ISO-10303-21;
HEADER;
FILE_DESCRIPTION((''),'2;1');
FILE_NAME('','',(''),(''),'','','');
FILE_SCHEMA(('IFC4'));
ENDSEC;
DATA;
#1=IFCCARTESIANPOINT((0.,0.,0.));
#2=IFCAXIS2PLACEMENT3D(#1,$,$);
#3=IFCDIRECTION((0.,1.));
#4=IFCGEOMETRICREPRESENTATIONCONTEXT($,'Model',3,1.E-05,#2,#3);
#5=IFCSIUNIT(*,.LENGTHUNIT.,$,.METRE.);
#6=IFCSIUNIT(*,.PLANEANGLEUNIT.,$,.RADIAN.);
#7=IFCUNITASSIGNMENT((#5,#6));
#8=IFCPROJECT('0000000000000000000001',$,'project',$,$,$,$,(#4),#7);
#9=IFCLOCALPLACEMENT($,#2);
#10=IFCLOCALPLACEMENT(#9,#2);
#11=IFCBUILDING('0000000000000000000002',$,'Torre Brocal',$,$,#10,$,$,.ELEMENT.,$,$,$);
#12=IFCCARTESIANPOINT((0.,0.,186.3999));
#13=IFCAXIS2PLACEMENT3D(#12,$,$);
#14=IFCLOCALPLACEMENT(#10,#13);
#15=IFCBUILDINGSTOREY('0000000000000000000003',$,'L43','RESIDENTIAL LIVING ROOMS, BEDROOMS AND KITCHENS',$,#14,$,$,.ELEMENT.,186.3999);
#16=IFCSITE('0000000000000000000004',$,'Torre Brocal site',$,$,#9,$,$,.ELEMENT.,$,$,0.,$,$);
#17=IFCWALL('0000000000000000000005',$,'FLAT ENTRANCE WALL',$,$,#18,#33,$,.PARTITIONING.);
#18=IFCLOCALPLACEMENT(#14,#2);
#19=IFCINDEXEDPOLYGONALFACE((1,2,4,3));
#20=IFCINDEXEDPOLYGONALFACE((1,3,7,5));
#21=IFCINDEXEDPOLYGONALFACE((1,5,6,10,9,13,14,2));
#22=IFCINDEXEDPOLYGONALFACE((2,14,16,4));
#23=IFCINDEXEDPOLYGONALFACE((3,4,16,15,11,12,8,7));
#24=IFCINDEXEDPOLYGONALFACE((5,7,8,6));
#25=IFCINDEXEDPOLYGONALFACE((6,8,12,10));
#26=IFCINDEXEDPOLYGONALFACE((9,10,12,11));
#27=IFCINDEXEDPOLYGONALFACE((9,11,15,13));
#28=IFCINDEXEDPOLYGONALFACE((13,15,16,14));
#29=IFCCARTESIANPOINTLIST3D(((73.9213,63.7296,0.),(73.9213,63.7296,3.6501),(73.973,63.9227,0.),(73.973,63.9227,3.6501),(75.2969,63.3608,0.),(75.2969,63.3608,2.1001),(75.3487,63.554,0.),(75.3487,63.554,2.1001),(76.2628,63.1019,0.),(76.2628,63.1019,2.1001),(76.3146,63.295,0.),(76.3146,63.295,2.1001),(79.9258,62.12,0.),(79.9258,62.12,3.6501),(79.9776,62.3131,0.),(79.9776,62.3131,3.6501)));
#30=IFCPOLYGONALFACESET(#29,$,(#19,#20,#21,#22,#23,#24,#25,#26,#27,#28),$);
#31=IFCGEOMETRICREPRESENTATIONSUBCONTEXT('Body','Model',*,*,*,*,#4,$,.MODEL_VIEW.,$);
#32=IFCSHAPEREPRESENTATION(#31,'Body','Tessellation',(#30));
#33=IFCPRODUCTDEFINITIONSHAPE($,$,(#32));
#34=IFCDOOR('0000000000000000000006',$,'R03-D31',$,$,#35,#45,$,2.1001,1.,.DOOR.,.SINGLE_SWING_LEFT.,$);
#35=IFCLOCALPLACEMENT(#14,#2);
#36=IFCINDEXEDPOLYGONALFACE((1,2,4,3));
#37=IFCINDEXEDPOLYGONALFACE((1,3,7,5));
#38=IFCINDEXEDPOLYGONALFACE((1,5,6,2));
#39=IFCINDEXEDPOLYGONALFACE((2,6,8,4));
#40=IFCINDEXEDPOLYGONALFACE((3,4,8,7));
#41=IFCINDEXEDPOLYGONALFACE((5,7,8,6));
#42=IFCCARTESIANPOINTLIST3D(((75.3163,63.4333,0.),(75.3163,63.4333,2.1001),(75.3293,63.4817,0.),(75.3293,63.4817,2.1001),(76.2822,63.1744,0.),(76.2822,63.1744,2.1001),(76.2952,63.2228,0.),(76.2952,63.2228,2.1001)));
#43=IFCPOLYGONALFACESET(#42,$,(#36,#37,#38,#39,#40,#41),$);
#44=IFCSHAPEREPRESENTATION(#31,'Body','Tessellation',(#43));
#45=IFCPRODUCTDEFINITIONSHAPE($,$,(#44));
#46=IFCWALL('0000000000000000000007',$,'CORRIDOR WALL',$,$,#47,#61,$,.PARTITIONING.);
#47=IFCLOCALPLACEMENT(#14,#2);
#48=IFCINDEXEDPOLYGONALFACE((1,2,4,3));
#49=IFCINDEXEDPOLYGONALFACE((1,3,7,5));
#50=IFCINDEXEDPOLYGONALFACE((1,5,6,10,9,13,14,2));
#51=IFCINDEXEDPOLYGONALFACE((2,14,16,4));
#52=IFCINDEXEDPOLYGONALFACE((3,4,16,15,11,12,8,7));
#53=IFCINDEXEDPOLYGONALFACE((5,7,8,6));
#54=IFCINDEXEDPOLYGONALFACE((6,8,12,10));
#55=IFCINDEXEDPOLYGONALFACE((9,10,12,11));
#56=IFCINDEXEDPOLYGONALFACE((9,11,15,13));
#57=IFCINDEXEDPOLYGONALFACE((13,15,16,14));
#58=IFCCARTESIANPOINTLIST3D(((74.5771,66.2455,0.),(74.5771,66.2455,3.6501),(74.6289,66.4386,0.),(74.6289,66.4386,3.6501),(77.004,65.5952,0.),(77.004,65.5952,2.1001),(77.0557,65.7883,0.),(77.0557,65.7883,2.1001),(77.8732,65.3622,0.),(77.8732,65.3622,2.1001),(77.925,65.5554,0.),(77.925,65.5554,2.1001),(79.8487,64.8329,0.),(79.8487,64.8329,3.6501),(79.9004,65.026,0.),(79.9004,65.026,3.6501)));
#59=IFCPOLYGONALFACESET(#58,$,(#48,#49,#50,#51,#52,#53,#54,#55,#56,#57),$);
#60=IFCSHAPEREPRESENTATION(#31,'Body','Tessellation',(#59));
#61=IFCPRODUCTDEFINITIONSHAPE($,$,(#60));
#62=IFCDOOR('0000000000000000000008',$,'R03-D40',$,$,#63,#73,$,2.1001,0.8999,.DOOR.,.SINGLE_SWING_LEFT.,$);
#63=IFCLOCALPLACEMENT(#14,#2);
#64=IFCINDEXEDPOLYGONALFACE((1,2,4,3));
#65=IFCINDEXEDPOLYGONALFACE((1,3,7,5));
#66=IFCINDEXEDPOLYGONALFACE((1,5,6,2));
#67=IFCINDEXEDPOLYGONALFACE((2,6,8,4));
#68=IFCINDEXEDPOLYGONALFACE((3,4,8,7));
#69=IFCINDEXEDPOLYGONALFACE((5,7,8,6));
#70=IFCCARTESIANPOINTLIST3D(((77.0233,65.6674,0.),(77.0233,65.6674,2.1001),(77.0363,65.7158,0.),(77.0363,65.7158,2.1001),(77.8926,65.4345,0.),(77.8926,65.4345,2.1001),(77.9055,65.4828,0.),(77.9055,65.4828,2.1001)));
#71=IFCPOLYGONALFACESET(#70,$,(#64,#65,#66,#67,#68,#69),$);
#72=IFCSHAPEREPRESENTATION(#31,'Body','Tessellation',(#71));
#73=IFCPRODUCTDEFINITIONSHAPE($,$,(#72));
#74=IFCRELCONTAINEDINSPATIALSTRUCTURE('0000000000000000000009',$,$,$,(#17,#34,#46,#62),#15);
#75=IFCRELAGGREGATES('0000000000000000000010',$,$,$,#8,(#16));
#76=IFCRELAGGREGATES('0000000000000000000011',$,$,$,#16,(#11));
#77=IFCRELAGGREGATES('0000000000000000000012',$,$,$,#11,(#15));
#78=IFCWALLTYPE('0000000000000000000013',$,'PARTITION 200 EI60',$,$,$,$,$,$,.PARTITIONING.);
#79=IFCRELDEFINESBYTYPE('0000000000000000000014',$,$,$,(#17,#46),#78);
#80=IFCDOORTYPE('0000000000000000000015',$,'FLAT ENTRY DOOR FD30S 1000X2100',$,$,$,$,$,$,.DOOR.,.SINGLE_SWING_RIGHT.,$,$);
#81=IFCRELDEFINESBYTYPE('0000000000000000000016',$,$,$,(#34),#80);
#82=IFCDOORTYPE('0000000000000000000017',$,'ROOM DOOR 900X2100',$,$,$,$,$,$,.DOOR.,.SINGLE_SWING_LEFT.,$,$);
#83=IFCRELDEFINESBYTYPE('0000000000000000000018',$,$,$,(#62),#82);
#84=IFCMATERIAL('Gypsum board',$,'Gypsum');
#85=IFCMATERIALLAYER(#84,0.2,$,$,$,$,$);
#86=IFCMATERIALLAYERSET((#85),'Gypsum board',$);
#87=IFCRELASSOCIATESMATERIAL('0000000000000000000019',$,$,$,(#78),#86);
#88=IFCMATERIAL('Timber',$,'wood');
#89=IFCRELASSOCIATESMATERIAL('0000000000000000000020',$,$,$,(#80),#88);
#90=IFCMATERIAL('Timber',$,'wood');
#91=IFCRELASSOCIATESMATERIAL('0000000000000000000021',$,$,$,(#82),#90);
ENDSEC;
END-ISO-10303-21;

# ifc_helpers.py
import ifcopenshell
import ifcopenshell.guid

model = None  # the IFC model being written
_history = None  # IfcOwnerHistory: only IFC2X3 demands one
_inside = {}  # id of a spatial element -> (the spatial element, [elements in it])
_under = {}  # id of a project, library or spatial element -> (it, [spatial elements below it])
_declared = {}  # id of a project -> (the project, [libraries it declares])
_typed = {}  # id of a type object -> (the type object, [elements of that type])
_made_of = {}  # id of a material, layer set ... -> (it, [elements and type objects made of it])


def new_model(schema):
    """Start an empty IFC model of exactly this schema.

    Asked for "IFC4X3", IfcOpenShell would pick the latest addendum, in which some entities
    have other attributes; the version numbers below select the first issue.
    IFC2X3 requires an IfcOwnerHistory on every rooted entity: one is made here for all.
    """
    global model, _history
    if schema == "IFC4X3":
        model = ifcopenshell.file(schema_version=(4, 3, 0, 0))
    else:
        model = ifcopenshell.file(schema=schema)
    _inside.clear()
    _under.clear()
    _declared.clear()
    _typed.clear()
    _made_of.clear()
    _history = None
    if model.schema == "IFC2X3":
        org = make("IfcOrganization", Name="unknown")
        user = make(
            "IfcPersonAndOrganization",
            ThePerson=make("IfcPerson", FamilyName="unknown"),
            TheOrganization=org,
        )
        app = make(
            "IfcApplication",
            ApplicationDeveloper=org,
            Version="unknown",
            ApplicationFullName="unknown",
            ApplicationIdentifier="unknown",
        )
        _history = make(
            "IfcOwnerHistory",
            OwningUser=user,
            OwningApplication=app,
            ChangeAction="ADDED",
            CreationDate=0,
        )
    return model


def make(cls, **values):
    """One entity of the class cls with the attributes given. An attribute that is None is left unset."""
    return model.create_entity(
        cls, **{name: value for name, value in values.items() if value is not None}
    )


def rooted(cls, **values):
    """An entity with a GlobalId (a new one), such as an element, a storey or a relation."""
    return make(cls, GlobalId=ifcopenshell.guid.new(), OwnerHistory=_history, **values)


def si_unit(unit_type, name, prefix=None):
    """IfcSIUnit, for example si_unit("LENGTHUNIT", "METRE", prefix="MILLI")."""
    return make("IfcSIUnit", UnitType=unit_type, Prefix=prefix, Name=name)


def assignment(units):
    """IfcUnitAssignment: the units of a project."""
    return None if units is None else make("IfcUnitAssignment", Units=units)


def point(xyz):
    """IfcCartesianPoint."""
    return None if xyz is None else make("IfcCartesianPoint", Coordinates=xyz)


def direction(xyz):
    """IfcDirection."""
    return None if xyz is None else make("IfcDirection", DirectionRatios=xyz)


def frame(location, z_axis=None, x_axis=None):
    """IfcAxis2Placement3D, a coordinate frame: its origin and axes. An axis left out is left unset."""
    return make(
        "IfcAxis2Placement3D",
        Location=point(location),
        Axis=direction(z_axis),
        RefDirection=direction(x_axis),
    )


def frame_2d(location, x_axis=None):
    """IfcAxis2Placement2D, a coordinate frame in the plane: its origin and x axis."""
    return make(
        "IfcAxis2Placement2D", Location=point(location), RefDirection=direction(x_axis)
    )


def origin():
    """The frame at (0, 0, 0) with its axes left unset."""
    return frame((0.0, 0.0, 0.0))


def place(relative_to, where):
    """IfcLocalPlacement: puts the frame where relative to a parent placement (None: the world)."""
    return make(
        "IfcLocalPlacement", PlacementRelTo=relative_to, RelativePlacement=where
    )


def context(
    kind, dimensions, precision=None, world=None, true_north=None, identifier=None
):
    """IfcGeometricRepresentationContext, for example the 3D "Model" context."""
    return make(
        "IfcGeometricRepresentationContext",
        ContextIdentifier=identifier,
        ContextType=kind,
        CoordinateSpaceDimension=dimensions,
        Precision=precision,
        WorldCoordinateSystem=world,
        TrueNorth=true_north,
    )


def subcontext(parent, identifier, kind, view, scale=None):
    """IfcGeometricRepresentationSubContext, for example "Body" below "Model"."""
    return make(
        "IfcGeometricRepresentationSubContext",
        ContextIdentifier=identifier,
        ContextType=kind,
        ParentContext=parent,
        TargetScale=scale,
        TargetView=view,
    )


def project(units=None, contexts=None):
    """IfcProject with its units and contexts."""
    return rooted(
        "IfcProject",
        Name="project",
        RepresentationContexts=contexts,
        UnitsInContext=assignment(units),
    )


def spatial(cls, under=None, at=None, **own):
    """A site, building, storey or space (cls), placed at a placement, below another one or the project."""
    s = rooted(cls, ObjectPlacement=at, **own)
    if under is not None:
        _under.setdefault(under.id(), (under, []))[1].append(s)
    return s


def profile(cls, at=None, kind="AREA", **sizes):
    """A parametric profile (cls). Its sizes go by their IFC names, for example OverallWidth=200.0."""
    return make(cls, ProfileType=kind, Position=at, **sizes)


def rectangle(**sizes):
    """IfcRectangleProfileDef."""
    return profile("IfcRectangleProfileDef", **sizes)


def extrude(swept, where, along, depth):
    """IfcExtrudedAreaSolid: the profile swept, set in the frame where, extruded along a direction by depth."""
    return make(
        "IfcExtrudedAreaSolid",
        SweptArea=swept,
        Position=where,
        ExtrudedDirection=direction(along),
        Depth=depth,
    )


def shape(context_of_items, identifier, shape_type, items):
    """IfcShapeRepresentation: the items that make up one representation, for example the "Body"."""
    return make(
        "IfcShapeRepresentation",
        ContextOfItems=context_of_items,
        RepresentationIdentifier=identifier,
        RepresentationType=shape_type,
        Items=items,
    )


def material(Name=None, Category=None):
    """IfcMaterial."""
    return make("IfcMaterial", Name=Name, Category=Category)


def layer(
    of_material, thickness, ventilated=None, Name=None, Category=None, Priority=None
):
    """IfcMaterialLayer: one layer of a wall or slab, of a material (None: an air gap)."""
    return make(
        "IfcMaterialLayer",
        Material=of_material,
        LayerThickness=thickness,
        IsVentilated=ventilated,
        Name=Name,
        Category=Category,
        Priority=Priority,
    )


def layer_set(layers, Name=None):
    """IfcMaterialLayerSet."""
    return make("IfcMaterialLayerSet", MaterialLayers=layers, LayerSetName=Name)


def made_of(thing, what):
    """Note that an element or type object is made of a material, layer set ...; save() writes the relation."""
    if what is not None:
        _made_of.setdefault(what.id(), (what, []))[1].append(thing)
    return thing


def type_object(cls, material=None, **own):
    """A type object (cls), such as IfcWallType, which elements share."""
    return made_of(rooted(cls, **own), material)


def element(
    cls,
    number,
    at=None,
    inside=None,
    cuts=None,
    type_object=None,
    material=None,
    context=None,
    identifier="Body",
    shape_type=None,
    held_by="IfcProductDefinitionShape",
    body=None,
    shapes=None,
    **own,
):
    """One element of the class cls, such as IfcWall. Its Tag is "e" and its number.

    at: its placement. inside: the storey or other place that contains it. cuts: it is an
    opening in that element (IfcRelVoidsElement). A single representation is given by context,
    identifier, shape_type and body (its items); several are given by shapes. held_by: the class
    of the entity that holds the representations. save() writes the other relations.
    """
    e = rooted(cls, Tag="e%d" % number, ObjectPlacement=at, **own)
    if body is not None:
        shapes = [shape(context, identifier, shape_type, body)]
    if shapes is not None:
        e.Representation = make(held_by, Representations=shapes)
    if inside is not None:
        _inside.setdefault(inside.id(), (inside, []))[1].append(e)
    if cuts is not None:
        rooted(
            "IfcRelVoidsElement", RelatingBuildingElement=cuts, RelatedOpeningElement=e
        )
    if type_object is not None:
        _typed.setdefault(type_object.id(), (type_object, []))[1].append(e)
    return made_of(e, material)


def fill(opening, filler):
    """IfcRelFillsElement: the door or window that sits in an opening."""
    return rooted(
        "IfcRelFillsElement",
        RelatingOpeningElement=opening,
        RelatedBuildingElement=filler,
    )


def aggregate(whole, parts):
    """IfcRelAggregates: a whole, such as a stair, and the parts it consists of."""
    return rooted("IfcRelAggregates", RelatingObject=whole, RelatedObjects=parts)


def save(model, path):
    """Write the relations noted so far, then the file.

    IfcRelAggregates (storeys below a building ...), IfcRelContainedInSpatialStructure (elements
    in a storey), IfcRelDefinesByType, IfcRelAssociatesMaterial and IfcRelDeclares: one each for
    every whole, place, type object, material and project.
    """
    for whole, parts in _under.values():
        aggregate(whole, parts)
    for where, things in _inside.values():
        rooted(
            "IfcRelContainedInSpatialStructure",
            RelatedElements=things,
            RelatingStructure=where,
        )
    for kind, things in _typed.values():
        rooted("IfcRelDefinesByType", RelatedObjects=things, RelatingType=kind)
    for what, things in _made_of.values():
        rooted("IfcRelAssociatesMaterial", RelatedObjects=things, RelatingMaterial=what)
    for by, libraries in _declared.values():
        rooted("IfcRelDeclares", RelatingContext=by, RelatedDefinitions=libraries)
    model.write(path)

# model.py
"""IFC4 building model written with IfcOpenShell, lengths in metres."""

from ifc_helpers import new_model, si_unit, direction, frame, frame_2d, origin, place, context, subcontext, project, spatial, rectangle, extrude, material, layer, layer_set, type_object, element, fill, save


model = new_model("IFC4")

# Units and contexts
model_context = context("Model", 3, precision=1e-05, world=origin(), true_north=direction((0.0, 1.0)))
body_context = subcontext(model_context, "Body", "Model", "MODEL_VIEW")
ifc_project = project(units=[si_unit("LENGTHUNIT", "METRE"), si_unit("PLANEANGLEUNIT", "RADIAN")], contexts=[model_context])

# Site, building, storey
site_placement = place(None, origin())
site = spatial("IfcSite", under=ifc_project, at=site_placement, Name="Torre Brocal site", CompositionType="ELEMENT", RefElevation=0.0)
building_placement = place(site_placement, origin())
building = spatial("IfcBuilding", under=site, at=building_placement, Name="Torre Brocal", CompositionType="ELEMENT")
storey_placement = place(building_placement, frame((0.0, 0.0, 186.3999)))
storey = spatial("IfcBuildingStorey", under=building, at=storey_placement, Name="L43", Description="RESIDENTIAL LIVING ROOMS, BEDROOMS AND KITCHENS", CompositionType="ELEMENT", Elevation=186.3999)

# Shared definitions
ifc_material_1 = material(Name="Gypsum board", Category="Gypsum")
ifc_layer_1 = layer(ifc_material_1, 0.2)
ifc_layer_set_1 = layer_set([ifc_layer_1], Name="Gypsum board")
wall_type_1 = type_object("IfcWallType", Name="PARTITION 200 EI60", PredefinedType="PARTITIONING", material=ifc_layer_set_1)

# Walls, openings, doors
wall_1_placement = place(storey_placement, frame((73.947, 63.8262, 0.0), z_axis=(0.0, 0.0, 1.0), x_axis=(0.965898, -0.258921, 0.0)))
wall_1 = element("IfcWall", 1, at=wall_1_placement, inside=storey, type_object=wall_type_1, Name="FLAT ENTRANCE WALL", PredefinedType="PARTITIONING", context=body_context, shape_type="SweptSolid", body=[
    extrude(rectangle(XDim=6.2166, YDim=0.2, at=frame_2d((3.1084, 0.0))), origin(), (0.0, 0.0, 1.0), 3.6501),
])
opening_1_placement = place(wall_1_placement, frame((1.4243, 0.0, 0.0)))
opening_1 = element("IfcOpeningElement", 2, at=opening_1_placement, cuts=wall_1, PredefinedType="OPENING", context=body_context, shape_type="SweptSolid", body=[
    extrude(rectangle(XDim=1.0, YDim=2.1001, at=frame_2d((0.5, 1.05))), frame((0.0, 0.1099, 0.0), z_axis=(0.0, -1.0, 0.0), x_axis=(1.0, 0.0, 0.0)), (0.0, 0.0, 1.0), 0.22),
])
ifc_material_2 = material(Name="Timber", Category="wood")
door_type_1 = type_object("IfcDoorType", Name="FLAT ENTRY DOOR FD30S 1000X2100", OperationType="SINGLE_SWING_RIGHT", PredefinedType="DOOR", material=ifc_material_2)
door_1_placement = place(opening_1_placement, frame((1.0, 0.0, 0.0), z_axis=(0.0, 0.0, 1.0), x_axis=(-1.0, 0.0, 0.0)))
door_1 = element("IfcDoor", 3, at=door_1_placement, inside=storey, type_object=door_type_1, Name="R03-D31", OperationType="SINGLE_SWING_LEFT", OverallHeight=2.1001, OverallWidth=1.0, PredefinedType="DOOR", context=body_context, shape_type="SweptSolid", body=[
    extrude(rectangle(XDim=1.0, YDim=2.1001, at=frame_2d((0.5, 1.05))), frame((0.0, 0.0249, 0.0), z_axis=(0.0, -1.0, 0.0), x_axis=(1.0, 0.0, 0.0)), (0.0, 0.0, 1.0), 0.05),
])
fill(opening_1, door_1)
wall_2_placement = place(storey_placement, frame((74.603, 66.342, 0.0), z_axis=(0.0, 0.0, 1.0), x_axis=(0.965921, -0.258837, 0.0)))
wall_2 = element("IfcWall", 4, at=wall_2_placement, inside=storey, type_object=wall_type_1, Name="CORRIDOR WALL", PredefinedType="PARTITIONING", context=body_context, shape_type="SweptSolid", body=[
    extrude(rectangle(XDim=5.4575, YDim=0.2, at=frame_2d((2.7288, 0.0))), origin(), (0.0, 0.0, 1.0), 3.6501),
])
opening_2_placement = place(wall_2_placement, frame((2.5125, 0.0, 0.0)))
opening_2 = element("IfcOpeningElement", 5, at=opening_2_placement, cuts=wall_2, PredefinedType="OPENING", context=body_context, shape_type="SweptSolid", body=[
    extrude(rectangle(XDim=0.8999, YDim=2.1001, at=frame_2d((0.45, 1.05))), frame((0.0, 0.1099, 0.0), z_axis=(0.0, -1.0, 0.0), x_axis=(1.0, 0.0, 0.0)), (0.0, 0.0, 1.0), 0.22),
])
ifc_material_3 = material(Name="Timber", Category="wood")
door_type_2 = type_object("IfcDoorType", Name="ROOM DOOR 900X2100", OperationType="SINGLE_SWING_LEFT", PredefinedType="DOOR", material=ifc_material_3)
door_2_placement = place(opening_2_placement, origin())
door_2 = element("IfcDoor", 6, at=door_2_placement, inside=storey, type_object=door_type_2, Name="R03-D40", OperationType="SINGLE_SWING_LEFT", OverallHeight=2.1001, OverallWidth=0.8999, PredefinedType="DOOR", context=body_context, shape_type="SweptSolid", body=[
    extrude(rectangle(XDim=0.8999, YDim=2.1001, at=frame_2d((0.45, 1.05))), frame((0.0, 0.0249, 0.0), z_axis=(0.0, -1.0, 0.0), x_axis=(1.0, 0.0, 0.0)), (0.0, 0.0, 1.0), 0.05),
])
fill(opening_2, door_2)

save(model, "model.ifc")
